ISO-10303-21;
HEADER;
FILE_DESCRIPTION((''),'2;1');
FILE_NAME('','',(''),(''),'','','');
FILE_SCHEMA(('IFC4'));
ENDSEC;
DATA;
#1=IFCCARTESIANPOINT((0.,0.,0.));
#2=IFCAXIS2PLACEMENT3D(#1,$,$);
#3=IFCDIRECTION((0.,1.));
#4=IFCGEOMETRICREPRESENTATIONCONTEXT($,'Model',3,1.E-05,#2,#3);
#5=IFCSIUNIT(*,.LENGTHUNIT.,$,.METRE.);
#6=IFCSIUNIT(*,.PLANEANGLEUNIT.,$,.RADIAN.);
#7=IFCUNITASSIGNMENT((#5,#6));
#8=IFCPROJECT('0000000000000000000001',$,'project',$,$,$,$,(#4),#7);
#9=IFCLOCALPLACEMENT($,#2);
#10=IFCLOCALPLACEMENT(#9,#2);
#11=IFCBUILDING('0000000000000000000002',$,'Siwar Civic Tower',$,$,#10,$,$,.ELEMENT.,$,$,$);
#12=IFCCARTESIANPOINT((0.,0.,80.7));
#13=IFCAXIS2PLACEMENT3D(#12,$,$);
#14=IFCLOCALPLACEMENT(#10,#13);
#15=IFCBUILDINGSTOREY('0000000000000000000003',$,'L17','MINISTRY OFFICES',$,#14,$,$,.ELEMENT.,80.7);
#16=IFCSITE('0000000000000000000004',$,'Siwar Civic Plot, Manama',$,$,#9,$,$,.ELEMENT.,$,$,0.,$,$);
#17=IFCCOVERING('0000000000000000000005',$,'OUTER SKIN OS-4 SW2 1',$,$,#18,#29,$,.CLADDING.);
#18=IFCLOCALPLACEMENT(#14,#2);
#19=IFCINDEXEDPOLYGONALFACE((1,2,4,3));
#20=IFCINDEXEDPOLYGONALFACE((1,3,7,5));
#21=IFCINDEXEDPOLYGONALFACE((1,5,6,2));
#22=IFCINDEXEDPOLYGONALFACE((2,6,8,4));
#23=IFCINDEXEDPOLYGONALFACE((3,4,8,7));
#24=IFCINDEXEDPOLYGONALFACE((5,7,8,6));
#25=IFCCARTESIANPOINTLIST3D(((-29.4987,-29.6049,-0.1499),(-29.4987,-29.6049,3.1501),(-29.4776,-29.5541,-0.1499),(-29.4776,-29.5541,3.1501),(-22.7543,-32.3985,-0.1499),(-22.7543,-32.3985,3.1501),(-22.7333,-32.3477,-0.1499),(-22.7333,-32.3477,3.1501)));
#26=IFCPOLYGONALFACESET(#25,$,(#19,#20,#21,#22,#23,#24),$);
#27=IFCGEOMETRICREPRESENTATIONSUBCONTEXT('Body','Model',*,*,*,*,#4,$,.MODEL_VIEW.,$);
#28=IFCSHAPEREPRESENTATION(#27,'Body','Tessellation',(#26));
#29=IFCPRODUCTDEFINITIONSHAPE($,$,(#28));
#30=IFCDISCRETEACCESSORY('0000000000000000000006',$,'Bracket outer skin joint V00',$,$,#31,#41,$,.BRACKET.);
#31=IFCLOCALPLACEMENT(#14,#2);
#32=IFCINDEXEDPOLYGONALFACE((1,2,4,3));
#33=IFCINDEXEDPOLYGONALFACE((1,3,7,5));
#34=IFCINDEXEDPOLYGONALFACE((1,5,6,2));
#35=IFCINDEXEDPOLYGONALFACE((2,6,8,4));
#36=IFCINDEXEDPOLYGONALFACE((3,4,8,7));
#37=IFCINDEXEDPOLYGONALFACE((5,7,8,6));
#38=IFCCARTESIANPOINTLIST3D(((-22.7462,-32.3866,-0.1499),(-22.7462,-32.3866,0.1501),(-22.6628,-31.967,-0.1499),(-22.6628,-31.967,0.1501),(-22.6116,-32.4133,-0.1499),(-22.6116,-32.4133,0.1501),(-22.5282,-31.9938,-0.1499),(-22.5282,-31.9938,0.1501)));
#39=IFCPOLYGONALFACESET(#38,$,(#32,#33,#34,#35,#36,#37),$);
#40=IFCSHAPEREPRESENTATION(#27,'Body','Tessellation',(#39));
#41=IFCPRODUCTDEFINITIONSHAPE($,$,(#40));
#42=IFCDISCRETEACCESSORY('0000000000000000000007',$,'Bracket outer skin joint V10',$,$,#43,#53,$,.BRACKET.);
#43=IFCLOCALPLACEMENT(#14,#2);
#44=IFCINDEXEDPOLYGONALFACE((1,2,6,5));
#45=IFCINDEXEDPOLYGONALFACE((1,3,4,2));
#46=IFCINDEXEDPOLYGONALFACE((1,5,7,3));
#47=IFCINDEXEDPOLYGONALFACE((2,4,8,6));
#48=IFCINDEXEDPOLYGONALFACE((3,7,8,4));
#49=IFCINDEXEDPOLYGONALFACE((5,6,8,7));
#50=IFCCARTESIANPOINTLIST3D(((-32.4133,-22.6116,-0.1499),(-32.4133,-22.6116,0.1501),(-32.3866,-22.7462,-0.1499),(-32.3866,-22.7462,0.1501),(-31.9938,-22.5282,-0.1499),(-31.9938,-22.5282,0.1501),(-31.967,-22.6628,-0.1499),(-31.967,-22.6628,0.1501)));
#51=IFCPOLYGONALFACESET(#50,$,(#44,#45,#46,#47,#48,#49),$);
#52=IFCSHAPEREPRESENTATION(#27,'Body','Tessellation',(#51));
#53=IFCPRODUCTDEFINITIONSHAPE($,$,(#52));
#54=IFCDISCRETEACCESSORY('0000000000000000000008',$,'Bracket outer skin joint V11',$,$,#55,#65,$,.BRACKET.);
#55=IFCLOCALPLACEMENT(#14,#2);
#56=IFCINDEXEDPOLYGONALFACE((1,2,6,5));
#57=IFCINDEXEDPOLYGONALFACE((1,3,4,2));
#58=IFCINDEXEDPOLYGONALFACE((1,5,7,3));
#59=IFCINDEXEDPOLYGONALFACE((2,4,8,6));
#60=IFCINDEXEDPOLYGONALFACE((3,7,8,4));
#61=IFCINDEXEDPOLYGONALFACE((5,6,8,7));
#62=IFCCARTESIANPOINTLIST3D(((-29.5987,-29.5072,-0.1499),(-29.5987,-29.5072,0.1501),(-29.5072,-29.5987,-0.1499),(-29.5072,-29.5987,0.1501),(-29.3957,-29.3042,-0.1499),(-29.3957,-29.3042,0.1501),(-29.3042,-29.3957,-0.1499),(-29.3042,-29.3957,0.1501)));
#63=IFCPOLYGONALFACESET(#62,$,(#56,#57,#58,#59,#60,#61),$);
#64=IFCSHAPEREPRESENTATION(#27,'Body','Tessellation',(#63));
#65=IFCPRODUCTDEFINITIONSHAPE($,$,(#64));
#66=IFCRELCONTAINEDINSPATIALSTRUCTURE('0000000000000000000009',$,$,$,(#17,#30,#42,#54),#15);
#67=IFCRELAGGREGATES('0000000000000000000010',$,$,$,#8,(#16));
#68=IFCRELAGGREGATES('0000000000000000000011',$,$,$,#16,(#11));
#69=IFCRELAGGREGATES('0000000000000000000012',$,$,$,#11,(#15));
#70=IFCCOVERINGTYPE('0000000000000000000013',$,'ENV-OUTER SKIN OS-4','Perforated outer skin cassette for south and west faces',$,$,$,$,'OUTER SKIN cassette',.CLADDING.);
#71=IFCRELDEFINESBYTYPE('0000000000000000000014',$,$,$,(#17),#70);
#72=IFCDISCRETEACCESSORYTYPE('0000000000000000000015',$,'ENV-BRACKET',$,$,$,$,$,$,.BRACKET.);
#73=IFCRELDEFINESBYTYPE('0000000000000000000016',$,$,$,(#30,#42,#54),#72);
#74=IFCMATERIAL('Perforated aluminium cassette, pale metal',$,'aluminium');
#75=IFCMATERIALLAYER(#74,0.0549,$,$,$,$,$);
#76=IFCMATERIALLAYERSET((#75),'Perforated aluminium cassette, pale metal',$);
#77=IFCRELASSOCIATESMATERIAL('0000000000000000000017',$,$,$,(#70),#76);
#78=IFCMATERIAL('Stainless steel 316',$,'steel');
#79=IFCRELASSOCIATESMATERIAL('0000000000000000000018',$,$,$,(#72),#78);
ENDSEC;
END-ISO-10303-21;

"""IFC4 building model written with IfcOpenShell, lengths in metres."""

from ifc_helpers import new_model, si_unit, direction, frame, origin, origin_2d, place, context, subcontext, project, spatial, rectangle, extrude, material, layer, layer_set, type_object, element, save


model = new_model("IFC4")

# Units and contexts
model_context = context("Model", 3, precision=1e-05, world=origin(), true_north=direction((0.0, 1.0)))
body_context = subcontext(model_context, "Body", "Model", "MODEL_VIEW")
ifc_project = project(units=[si_unit("LENGTHUNIT", "METRE"), si_unit("PLANEANGLEUNIT", "RADIAN")], contexts=[model_context])

# Site, building, storey
site_placement = place(None, origin())
site = spatial("IfcSite", under=ifc_project, at=site_placement, Name="Siwar Civic Plot, Manama", CompositionType="ELEMENT", RefElevation=0.0)
building_placement = place(site_placement, origin())
building = spatial("IfcBuilding", under=site, at=building_placement, Name="Siwar Civic Tower", CompositionType="ELEMENT")
storey_placement = place(building_placement, frame((0.0, 0.0, 80.7)))
storey = spatial("IfcBuildingStorey", under=building, at=storey_placement, Name="L17", Description="MINISTRY OFFICES", CompositionType="ELEMENT", Elevation=80.7)

# Covering
ifc_material_1 = material(Name="Perforated aluminium cassette, pale metal", Category="aluminium")
ifc_layer_1 = layer(ifc_material_1, 0.0549)
ifc_layer_set_1 = layer_set([ifc_layer_1], Name="Perforated aluminium cassette, pale metal")
covering_type = type_object("IfcCoveringType", Name="ENV-OUTER SKIN OS-4", Description="Perforated outer skin cassette for south and west faces", ElementType="OUTER SKIN cassette", PredefinedType="CLADDING", material=ifc_layer_set_1)
for number, where, z_axis, x_axis, name in (
    (1, (-26.116, -30.9763, -0.1499), (0.0, 0.0, 1.0), (0.92388, -0.382683, 0.0), "OUTER SKIN OS-4 SW2 1"),
):
    element("IfcCovering", number, at=place(storey_placement, frame(where, z_axis=z_axis, x_axis=x_axis)), inside=storey, type_object=covering_type, Name=name, PredefinedType="CLADDING", context=body_context, shape_type="SweptSolid", body=[
        extrude(rectangle(XDim=7.3, YDim=0.0549, at=origin_2d()), origin(), (0.0, 0.0, 1.0), 3.3),
    ])

# Discrete accessories
ifc_material_2 = material(Name="Stainless steel 316", Category="steel")
discrete_accessory_type = type_object("IfcDiscreteAccessoryType", Name="ENV-BRACKET", PredefinedType="BRACKET", material=ifc_material_2)
for number, where, z_axis, x_axis, name in (
    (2, (-22.6372, -32.1902, -0.1499), (0.0, 0.0, 1.0), (-0.19509, -0.980785, 0.0), "Bracket outer skin joint V00"),
    (3, (-32.1902, -22.6372, -0.1499), (0.0, 0.0, 1.0), (-0.980785, -0.19509, 0.0), "Bracket outer skin joint V10"),
):
    element("IfcDiscreteAccessory", number, at=place(storey_placement, frame(where, z_axis=z_axis, x_axis=x_axis)), inside=storey, type_object=discrete_accessory_type, Name=name, PredefinedType="BRACKET", context=body_context, shape_type="SweptSolid", body=[
        extrude(rectangle(XDim=0.4277, YDim=0.1372, at=origin_2d()), origin(), (0.0, 0.0, 1.0), 0.3),
    ])
discrete_accessory_placement = place(storey_placement, frame((-29.4514, -29.4514, -0.1499), z_axis=(0.0, 0.0, 1.0), x_axis=(-0.707107, -0.707107, 0.0)))
element("IfcDiscreteAccessory", 4, at=discrete_accessory_placement, inside=storey, type_object=discrete_accessory_type, Name="Bracket outer skin joint V11", PredefinedType="BRACKET", context=body_context, shape_type="SweptSolid", body=[
    extrude(rectangle(XDim=0.2871, YDim=0.1294, at=origin_2d()), origin(), (0.0, 0.0, 1.0), 0.3),
])

save(model, "model.ifc")
